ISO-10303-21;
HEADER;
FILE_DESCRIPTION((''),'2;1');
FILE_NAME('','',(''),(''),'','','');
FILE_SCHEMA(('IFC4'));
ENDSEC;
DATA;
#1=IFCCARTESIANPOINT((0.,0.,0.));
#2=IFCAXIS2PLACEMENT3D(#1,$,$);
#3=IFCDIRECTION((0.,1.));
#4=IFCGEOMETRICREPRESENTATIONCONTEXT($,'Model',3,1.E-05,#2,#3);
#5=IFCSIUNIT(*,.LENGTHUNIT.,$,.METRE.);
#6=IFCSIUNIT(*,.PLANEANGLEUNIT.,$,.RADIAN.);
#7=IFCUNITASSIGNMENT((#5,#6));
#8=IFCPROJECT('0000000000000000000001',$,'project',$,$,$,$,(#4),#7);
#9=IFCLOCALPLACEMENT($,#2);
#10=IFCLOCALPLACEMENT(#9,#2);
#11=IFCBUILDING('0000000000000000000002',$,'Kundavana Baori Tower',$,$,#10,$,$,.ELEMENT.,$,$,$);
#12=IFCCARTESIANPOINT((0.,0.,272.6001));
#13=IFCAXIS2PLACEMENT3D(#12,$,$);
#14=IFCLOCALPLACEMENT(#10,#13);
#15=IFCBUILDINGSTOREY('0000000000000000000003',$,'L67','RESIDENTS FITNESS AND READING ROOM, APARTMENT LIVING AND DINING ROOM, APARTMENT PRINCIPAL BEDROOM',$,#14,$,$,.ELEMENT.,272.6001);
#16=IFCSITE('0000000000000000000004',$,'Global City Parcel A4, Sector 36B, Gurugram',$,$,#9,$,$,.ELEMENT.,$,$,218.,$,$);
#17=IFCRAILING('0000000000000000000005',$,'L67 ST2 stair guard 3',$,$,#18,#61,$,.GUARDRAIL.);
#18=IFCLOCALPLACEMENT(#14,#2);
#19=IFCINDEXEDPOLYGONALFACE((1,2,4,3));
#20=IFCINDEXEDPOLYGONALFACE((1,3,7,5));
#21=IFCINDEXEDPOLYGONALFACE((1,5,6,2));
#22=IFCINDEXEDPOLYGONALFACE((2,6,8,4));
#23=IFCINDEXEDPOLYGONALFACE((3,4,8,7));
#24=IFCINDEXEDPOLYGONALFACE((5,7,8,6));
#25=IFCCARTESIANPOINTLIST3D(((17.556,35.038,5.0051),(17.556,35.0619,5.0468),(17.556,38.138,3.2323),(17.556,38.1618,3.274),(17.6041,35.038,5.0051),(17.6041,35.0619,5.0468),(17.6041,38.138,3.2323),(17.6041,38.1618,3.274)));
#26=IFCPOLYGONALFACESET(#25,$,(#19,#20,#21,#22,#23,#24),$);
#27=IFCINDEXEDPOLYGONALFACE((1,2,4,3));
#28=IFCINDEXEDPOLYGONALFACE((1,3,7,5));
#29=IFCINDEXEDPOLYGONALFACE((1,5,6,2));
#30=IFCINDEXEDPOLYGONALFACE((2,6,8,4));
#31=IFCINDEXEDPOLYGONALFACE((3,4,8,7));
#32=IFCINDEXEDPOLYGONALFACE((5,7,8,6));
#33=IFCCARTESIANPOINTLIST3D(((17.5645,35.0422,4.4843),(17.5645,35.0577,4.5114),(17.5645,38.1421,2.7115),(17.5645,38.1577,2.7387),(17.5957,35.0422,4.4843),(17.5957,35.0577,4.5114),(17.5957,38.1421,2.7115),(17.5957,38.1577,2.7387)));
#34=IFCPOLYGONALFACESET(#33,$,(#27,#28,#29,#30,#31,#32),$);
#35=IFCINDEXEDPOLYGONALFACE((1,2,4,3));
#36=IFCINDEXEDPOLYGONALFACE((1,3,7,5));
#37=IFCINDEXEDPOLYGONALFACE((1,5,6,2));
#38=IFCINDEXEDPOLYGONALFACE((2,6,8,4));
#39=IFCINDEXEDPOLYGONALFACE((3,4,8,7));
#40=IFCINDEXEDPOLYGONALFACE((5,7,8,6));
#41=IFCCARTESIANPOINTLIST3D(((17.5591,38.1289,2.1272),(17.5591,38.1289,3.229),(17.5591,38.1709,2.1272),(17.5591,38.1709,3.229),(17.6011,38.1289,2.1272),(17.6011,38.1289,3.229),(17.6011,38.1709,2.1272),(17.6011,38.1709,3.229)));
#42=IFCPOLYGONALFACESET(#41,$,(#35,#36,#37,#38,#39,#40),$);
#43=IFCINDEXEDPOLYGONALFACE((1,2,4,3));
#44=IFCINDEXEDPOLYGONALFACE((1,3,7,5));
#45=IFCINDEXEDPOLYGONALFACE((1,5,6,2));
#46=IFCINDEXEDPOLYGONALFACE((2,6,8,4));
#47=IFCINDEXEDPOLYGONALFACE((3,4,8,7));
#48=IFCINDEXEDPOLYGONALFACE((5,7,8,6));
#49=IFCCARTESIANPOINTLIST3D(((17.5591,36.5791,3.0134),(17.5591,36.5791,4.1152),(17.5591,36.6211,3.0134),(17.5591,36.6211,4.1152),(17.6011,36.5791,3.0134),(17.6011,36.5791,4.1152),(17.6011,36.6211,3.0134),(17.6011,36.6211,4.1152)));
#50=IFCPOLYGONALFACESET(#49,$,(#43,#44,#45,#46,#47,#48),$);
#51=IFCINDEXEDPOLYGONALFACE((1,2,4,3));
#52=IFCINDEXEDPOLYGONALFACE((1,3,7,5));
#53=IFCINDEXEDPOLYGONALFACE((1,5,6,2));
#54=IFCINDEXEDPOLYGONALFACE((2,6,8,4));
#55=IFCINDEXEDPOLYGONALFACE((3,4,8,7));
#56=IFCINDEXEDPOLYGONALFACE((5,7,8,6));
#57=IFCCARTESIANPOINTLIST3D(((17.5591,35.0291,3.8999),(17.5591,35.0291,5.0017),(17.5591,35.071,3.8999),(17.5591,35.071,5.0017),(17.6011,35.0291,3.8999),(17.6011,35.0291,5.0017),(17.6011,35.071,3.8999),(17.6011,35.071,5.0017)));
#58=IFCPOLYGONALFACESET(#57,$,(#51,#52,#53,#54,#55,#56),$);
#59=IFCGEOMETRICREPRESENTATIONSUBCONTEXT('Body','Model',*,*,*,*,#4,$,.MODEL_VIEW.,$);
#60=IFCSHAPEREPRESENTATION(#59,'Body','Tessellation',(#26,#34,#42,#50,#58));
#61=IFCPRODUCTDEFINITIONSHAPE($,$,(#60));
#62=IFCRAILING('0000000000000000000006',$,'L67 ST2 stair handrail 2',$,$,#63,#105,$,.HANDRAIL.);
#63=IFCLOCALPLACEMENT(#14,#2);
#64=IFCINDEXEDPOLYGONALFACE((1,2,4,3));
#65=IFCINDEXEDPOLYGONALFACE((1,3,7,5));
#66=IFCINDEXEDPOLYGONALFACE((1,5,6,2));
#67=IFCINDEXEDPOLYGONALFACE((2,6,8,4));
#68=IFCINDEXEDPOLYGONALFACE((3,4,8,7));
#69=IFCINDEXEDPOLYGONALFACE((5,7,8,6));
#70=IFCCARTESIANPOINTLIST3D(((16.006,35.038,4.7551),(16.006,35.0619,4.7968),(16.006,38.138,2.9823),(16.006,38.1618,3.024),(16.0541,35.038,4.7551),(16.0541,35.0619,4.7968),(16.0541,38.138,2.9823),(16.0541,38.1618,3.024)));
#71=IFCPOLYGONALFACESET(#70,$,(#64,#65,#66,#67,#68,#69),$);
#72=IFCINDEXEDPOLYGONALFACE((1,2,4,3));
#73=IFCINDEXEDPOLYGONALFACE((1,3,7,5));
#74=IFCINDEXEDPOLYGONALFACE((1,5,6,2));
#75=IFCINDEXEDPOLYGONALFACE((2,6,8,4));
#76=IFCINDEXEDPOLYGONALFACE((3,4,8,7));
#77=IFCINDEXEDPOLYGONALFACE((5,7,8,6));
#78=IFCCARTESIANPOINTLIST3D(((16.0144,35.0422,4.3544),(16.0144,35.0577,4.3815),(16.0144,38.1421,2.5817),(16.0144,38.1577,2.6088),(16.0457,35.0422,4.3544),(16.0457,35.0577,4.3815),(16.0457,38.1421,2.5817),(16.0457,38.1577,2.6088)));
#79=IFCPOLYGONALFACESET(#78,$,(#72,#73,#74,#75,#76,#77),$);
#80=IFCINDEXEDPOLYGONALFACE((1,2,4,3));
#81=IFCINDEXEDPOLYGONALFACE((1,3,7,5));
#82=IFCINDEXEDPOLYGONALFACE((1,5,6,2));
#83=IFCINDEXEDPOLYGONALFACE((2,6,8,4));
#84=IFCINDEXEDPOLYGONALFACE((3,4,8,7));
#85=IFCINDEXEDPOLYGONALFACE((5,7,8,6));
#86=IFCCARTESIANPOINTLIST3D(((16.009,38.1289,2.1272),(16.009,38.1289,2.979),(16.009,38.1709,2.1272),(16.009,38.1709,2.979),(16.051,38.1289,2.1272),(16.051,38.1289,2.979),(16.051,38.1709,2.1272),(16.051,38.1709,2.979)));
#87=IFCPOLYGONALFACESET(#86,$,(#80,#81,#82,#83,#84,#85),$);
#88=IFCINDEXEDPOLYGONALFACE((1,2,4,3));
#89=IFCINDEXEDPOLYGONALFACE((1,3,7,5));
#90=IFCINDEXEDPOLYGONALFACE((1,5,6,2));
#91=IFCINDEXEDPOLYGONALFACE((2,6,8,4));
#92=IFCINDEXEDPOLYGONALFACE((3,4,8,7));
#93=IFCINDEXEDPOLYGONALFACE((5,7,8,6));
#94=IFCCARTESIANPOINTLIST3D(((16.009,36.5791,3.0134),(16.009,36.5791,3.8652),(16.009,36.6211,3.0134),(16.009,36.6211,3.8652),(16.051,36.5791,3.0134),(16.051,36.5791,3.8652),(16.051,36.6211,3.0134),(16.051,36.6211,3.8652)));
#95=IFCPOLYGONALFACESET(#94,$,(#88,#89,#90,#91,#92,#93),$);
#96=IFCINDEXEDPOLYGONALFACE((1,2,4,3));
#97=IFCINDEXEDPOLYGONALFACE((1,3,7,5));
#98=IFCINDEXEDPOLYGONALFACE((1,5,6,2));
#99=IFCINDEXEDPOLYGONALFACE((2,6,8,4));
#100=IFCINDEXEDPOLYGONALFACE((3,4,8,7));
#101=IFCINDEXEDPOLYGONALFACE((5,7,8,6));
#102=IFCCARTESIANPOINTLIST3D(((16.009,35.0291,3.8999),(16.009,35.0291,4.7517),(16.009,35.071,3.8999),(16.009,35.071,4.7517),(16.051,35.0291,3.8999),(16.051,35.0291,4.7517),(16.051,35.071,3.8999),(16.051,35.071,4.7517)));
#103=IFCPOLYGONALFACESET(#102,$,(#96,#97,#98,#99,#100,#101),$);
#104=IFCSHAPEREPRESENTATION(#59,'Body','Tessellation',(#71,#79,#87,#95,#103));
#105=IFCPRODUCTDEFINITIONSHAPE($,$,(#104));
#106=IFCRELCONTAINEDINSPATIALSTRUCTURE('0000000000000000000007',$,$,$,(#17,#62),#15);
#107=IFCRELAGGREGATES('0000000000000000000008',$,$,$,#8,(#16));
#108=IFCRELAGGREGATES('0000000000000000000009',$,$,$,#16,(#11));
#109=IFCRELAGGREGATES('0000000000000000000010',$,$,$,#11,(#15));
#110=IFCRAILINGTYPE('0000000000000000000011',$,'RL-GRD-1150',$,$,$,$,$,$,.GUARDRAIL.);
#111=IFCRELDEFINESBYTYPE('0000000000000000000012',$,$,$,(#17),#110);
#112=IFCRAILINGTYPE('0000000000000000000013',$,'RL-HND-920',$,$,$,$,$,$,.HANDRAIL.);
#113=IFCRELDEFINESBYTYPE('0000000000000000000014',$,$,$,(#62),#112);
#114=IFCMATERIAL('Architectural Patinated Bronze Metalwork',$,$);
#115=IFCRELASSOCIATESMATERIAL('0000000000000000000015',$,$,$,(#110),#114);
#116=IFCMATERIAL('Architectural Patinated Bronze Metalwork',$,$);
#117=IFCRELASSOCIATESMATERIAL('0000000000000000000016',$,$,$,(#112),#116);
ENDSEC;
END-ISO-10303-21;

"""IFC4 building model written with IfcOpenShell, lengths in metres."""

from ifc_helpers import new_model, si_unit, direction, frame, origin, origin_2d, place, context, subcontext, project, spatial, rectangle, extrude, material, type_object, element, save


model = new_model("IFC4")

# Units and contexts
model_context = context("Model", 3, precision=1e-05, world=origin(), true_north=direction((0.0, 1.0)))
body_context = subcontext(model_context, "Body", "Model", "MODEL_VIEW")
ifc_project = project(units=[si_unit("LENGTHUNIT", "METRE"), si_unit("PLANEANGLEUNIT", "RADIAN")], contexts=[model_context])

# Site, building, storey
site_placement = place(None, origin())
site = spatial("IfcSite", under=ifc_project, at=site_placement, Name="Global City Parcel A4, Sector 36B, Gurugram", CompositionType="ELEMENT", RefElevation=218.0)
building_placement = place(site_placement, origin())
building = spatial("IfcBuilding", under=site, at=building_placement, Name="Kundavana Baori Tower", CompositionType="ELEMENT")
storey_placement = place(building_placement, frame((0.0, 0.0, 272.6001)))
storey = spatial("IfcBuildingStorey", under=building, at=storey_placement, Name="L67", Description="RESIDENTS FITNESS AND READING ROOM, APARTMENT LIVING AND DINING ROOM, APARTMENT PRINCIPAL BEDROOM", CompositionType="ELEMENT", Elevation=272.6001)

# Railings
ifc_material_1 = material(Name="Architectural Patinated Bronze Metalwork")
railing_type_1 = type_object("IfcRailingType", Name="RL-GRD-1150", PredefinedType="GUARDRAIL", material=ifc_material_1)
railing_1_placement = place(storey_placement, frame((17.5801, 38.1499, 2.1272)))
element("IfcRailing", 1, at=railing_1_placement, inside=storey, type_object=railing_type_1, Name="L67 ST2 stair guard 3", PredefinedType="GUARDRAIL", context=body_context, shape_type="SweptSolid", body=[
    extrude(rectangle(XDim=0.0481, YDim=0.0481, at=origin_2d()), frame((0.0, 0.0, 1.126), z_axis=(0.0, -0.868079, 0.496426), x_axis=(1.0, 0.0, 0.0)), (0.0, 0.0, 1.0), 3.571),
    extrude(rectangle(XDim=0.0312, YDim=0.0312, at=origin_2d()), frame((0.0, 0.0, 0.5979), z_axis=(0.0, -0.868079, 0.496426), x_axis=(1.0, 0.0, 0.0)), (0.0, 0.0, 1.0), 3.571),
    extrude(rectangle(XDim=0.042, YDim=0.042, at=origin_2d()), origin(), (0.0, 0.0, 1.0), 1.1018),
    extrude(rectangle(XDim=0.042, YDim=0.042, at=origin_2d()), frame((0.0, -1.5498, 0.8862)), (0.0, 0.0, 1.0), 1.1018),
    extrude(rectangle(XDim=0.042, YDim=0.042, at=origin_2d()), frame((0.0, -3.0999, 1.7727)), (0.0, 0.0, 1.0), 1.1018),
])
ifc_material_2 = material(Name="Architectural Patinated Bronze Metalwork")
railing_type_2 = type_object("IfcRailingType", Name="RL-HND-920", PredefinedType="HANDRAIL", material=ifc_material_2)
railing_2_placement = place(storey_placement, frame((16.03, 38.1499, 2.1272)))
element("IfcRailing", 2, at=railing_2_placement, inside=storey, type_object=railing_type_2, Name="L67 ST2 stair handrail 2", PredefinedType="HANDRAIL", context=body_context, shape_type="SweptSolid", body=[
    extrude(rectangle(XDim=0.0481, YDim=0.0481, at=origin_2d()), frame((0.0, 0.0, 0.876), z_axis=(0.0, -0.868079, 0.496426), x_axis=(1.0, 0.0, 0.0)), (0.0, 0.0, 1.0), 3.571),
    extrude(rectangle(XDim=0.0312, YDim=0.0312, at=origin_2d()), frame((0.0, 0.0, 0.468), z_axis=(0.0, -0.868079, 0.496426), x_axis=(1.0, 0.0, 0.0)), (0.0, 0.0, 1.0), 3.571),
    extrude(rectangle(XDim=0.042, YDim=0.042, at=origin_2d()), origin(), (0.0, 0.0, 1.0), 0.8518),
    extrude(rectangle(XDim=0.042, YDim=0.042, at=origin_2d()), frame((0.0, -1.5498, 0.8862)), (0.0, 0.0, 1.0), 0.8518),
    extrude(rectangle(XDim=0.042, YDim=0.042, at=origin_2d()), frame((0.0, -3.0999, 1.7727)), (0.0, 0.0, 1.0), 0.8518),
])

save(model, "model.ifc")
